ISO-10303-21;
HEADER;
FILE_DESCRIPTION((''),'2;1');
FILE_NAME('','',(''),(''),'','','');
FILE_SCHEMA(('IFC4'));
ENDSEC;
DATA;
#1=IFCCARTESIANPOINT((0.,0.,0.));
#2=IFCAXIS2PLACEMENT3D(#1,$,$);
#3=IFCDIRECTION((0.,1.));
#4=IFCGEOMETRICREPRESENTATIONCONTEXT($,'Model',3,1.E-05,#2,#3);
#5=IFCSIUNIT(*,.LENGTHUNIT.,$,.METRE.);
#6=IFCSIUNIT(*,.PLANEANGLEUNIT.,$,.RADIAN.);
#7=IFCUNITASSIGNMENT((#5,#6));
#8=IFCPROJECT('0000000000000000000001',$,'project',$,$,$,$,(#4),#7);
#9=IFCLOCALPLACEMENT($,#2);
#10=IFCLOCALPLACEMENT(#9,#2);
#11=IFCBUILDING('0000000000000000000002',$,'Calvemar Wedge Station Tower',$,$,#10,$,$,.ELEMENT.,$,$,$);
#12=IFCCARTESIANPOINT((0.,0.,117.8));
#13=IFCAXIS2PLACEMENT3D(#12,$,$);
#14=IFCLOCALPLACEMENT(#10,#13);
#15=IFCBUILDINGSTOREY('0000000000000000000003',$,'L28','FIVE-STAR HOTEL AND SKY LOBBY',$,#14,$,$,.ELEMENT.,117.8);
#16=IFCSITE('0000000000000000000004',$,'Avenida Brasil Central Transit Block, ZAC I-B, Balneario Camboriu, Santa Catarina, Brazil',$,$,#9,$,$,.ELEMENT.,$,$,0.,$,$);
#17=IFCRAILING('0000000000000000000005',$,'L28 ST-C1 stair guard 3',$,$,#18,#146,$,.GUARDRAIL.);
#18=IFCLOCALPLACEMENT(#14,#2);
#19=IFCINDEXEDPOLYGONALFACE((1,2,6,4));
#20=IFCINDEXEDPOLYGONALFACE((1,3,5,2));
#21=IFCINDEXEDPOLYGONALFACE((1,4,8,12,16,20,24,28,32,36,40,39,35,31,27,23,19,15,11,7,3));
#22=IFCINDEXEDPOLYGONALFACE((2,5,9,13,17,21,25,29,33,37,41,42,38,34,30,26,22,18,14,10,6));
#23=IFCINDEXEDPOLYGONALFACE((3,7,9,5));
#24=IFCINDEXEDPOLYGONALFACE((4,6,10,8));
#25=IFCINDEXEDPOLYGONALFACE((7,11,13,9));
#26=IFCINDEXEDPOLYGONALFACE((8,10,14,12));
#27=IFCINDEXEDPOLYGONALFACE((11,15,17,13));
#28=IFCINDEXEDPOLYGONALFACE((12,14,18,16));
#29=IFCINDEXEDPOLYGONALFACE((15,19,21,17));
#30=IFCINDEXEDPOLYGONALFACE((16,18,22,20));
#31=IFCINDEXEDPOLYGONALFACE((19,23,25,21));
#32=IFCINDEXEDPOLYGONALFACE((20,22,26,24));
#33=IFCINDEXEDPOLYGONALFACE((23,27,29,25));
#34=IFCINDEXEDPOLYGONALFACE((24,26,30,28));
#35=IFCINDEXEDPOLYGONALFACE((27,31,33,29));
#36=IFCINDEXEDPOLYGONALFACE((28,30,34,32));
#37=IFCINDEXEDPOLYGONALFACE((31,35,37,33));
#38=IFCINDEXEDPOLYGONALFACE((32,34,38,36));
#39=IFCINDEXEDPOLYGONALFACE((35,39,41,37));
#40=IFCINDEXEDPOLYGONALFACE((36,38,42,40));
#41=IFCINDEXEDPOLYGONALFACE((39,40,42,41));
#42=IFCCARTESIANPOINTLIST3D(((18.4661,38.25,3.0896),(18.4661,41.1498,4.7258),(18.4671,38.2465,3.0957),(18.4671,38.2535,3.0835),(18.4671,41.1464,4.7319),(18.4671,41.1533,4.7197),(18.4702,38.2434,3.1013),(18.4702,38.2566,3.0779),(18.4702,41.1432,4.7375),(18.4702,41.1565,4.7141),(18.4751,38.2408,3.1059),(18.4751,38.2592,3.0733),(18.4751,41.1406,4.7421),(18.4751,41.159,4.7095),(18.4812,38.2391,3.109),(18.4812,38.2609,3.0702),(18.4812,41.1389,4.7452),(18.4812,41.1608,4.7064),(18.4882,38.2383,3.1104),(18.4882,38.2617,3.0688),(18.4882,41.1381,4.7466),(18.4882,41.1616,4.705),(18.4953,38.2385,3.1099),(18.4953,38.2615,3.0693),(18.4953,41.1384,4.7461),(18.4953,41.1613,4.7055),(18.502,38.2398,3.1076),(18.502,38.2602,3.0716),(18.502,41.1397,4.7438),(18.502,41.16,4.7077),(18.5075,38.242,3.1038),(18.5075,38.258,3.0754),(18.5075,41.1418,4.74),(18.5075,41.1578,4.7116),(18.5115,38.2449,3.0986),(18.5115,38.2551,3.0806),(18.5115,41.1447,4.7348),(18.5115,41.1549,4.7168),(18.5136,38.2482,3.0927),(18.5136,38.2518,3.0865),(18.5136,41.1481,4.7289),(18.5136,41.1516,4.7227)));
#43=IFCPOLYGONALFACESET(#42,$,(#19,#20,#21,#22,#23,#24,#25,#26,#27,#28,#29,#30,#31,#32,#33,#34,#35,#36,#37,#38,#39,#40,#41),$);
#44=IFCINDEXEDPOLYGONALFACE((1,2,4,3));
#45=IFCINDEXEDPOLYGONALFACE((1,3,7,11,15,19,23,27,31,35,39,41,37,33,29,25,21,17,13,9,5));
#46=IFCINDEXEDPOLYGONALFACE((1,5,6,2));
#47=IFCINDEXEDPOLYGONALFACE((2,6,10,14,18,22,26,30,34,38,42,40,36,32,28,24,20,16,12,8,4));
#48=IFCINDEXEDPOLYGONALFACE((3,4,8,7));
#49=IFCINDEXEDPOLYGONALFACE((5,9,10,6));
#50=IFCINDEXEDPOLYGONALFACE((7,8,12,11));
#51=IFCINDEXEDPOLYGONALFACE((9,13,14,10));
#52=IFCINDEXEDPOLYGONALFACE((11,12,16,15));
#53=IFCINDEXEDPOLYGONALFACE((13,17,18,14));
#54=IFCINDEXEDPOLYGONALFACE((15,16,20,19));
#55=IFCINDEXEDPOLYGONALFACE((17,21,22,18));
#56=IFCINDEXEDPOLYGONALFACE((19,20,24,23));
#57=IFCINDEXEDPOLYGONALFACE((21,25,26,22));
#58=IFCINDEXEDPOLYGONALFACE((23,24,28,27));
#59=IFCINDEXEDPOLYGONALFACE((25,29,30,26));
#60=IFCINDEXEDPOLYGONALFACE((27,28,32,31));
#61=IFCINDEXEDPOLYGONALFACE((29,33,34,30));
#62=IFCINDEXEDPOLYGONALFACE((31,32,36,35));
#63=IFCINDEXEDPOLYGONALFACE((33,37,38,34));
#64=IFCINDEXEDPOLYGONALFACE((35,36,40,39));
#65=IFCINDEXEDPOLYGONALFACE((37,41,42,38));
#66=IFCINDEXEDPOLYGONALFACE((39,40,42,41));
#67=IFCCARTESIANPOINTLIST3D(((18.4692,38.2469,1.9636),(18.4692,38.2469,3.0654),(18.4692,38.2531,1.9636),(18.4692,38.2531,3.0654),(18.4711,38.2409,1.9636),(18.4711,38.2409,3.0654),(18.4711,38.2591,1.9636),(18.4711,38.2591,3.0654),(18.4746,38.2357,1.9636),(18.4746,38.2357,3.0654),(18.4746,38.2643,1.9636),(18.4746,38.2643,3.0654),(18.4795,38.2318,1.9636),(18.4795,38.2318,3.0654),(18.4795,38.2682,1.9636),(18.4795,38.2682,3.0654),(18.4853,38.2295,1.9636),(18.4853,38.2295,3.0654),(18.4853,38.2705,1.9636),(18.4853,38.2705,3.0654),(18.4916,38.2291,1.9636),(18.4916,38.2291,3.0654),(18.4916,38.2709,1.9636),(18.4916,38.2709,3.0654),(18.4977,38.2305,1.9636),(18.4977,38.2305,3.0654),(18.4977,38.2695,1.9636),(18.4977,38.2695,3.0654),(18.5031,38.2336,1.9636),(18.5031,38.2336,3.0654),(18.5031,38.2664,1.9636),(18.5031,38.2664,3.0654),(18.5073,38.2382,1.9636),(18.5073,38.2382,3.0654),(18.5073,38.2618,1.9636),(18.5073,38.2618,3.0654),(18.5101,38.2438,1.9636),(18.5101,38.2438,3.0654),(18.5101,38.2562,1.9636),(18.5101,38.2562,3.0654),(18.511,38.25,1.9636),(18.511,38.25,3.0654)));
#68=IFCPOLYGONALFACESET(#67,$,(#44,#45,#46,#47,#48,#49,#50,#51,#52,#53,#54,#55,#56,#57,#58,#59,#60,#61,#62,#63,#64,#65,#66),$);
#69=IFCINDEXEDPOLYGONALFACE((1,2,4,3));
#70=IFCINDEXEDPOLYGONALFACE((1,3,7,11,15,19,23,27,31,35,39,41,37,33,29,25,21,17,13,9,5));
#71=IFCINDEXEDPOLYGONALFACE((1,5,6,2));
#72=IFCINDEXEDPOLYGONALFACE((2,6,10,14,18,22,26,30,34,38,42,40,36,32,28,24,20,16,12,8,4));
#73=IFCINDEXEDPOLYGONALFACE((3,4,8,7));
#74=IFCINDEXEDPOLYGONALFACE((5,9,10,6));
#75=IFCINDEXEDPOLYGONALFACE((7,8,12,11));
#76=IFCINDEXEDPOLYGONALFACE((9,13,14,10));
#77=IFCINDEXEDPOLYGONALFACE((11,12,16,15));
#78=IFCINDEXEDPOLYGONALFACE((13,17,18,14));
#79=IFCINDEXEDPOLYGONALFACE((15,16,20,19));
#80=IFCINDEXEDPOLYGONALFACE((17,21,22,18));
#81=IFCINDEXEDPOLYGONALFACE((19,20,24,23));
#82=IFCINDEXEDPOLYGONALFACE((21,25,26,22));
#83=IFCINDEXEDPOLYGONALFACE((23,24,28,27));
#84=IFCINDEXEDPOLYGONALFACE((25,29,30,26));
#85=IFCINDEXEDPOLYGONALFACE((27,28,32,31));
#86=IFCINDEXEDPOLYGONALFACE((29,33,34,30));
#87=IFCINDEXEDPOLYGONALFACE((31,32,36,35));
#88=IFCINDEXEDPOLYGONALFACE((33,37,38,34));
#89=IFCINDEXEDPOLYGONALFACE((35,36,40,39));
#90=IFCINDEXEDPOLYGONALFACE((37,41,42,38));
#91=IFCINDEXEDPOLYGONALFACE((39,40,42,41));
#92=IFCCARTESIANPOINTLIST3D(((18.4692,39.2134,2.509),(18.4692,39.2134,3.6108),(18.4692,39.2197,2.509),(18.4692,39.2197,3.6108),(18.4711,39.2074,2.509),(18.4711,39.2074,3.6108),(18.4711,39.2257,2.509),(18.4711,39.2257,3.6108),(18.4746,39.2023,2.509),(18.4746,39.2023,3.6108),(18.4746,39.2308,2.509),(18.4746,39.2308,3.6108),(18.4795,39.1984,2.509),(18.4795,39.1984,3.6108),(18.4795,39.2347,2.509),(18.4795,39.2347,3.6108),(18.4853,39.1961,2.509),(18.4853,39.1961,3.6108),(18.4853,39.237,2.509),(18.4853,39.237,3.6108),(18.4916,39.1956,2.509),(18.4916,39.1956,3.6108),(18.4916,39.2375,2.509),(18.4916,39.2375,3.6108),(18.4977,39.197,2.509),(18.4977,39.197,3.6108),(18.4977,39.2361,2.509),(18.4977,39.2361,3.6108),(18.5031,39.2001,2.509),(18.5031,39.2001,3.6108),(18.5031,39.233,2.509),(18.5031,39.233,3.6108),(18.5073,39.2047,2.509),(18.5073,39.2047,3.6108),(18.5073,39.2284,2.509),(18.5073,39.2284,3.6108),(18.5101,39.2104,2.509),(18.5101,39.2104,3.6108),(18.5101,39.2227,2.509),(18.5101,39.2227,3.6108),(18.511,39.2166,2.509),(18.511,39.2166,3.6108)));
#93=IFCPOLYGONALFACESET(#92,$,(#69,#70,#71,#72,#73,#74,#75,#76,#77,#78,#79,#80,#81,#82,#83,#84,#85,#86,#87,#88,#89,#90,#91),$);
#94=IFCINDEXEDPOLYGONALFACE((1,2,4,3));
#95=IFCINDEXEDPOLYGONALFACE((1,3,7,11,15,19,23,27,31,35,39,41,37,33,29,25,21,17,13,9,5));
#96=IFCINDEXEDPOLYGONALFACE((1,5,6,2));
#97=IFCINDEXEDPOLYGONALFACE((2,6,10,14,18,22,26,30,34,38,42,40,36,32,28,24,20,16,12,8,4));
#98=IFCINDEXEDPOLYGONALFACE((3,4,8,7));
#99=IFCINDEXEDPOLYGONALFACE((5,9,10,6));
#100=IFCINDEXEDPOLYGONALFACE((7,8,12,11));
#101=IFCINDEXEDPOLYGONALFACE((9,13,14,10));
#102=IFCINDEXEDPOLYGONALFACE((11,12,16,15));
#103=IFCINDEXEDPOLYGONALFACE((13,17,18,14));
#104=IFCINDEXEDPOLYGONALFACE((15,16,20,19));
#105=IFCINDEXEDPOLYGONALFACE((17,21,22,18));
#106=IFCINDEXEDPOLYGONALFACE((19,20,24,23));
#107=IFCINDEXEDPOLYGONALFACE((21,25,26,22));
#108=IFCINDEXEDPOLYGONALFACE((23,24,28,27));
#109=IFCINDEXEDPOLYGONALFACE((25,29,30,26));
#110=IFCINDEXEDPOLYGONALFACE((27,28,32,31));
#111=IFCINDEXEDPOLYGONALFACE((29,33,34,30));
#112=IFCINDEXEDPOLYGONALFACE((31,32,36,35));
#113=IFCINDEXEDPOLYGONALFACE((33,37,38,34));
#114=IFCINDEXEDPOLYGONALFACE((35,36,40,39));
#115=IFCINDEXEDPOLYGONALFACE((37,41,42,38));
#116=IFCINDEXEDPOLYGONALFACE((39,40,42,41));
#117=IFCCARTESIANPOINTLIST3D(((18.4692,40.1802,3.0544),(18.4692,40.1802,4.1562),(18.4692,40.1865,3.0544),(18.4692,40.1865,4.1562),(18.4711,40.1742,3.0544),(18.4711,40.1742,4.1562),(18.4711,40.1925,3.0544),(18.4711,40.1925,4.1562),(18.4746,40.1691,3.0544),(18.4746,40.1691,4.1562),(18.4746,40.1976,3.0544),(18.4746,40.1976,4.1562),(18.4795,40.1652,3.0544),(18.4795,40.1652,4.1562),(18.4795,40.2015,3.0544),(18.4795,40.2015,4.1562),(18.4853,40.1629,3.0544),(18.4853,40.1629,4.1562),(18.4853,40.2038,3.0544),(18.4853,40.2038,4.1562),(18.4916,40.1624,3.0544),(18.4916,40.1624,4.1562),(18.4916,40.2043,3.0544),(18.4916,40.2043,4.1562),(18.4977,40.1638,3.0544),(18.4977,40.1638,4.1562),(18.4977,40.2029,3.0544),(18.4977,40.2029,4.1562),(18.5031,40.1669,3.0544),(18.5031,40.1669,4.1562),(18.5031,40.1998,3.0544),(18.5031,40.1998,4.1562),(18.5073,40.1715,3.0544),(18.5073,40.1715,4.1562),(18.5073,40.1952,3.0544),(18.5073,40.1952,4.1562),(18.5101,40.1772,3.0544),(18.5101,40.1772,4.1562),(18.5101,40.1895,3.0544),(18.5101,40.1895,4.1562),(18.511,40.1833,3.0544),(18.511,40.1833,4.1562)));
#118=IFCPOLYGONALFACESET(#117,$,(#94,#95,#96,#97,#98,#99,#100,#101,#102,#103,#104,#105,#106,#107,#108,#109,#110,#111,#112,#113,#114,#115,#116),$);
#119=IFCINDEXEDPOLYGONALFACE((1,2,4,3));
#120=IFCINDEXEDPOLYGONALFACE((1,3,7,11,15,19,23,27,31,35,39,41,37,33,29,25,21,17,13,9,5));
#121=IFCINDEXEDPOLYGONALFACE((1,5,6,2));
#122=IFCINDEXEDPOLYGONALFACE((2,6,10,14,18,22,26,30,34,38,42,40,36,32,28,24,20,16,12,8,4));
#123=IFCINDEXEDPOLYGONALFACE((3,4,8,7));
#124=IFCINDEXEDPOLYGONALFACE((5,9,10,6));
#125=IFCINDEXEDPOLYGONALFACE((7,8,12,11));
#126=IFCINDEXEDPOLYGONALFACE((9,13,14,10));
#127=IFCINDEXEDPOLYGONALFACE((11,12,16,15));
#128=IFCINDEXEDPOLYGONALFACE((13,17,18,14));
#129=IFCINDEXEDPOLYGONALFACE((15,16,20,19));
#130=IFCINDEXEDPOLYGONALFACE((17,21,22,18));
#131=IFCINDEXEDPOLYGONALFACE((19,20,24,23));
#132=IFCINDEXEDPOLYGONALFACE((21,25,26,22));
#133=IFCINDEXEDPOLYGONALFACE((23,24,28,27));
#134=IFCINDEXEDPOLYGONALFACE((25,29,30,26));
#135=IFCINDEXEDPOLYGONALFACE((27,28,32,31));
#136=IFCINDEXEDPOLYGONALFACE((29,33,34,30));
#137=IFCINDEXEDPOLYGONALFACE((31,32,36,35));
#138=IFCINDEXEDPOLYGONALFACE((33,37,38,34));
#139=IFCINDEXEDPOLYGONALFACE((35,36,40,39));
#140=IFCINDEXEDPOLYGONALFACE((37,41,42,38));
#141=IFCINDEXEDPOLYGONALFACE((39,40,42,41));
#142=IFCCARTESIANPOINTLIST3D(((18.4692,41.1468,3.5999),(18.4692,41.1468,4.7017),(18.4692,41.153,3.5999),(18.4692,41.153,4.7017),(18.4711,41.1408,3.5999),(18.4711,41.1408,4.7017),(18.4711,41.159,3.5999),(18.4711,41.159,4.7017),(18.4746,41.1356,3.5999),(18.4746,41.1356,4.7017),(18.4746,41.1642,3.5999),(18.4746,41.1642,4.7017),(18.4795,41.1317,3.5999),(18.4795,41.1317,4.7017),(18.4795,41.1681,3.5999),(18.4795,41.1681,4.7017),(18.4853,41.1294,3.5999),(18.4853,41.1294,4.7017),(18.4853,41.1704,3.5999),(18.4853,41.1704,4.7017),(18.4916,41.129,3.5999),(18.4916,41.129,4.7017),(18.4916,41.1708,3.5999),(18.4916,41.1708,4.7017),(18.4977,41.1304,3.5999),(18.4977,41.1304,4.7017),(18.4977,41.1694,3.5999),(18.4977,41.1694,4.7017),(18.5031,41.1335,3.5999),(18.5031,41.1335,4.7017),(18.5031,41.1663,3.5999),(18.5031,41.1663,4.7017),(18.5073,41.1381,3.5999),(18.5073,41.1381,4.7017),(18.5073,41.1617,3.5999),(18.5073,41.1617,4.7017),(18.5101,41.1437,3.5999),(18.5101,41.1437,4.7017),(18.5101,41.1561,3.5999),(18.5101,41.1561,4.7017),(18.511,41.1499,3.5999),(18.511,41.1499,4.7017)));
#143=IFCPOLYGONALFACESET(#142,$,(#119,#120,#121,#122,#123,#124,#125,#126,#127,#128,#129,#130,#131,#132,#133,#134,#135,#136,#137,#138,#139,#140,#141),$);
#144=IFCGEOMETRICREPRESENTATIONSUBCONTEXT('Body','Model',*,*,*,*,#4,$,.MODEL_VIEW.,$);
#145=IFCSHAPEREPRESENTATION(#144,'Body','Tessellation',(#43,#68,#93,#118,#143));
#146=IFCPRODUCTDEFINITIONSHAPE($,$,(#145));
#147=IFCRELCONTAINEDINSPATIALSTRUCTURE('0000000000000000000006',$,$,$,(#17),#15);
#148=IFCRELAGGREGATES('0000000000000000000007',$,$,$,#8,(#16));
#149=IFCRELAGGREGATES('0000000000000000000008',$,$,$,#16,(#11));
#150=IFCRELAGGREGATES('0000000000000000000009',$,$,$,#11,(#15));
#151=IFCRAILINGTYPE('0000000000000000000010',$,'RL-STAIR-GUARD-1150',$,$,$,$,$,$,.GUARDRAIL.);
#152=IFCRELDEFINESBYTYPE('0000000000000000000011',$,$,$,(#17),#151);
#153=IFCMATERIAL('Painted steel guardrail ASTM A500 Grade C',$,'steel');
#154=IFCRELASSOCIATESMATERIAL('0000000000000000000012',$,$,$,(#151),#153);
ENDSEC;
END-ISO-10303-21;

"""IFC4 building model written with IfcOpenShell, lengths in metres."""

from ifc_helpers import new_model, si_unit, direction, frame, origin, origin_2d, place, context, subcontext, project, spatial, circle, extrude, material, type_object, element, save


model = new_model("IFC4")

# Units and contexts
model_context = context("Model", 3, precision=1e-05, world=origin(), true_north=direction((0.0, 1.0)))
body_context = subcontext(model_context, "Body", "Model", "MODEL_VIEW")
ifc_project = project(units=[si_unit("LENGTHUNIT", "METRE"), si_unit("PLANEANGLEUNIT", "RADIAN")], contexts=[model_context])

# Site, building, storey
site_placement = place(None, origin())
site = spatial("IfcSite", under=ifc_project, at=site_placement, Name="Avenida Brasil Central Transit Block, ZAC I-B, Balneario Camboriu, Santa Catarina, Brazil", CompositionType="ELEMENT", RefElevation=0.0)
building_placement = place(site_placement, origin())
building = spatial("IfcBuilding", under=site, at=building_placement, Name="Calvemar Wedge Station Tower", CompositionType="ELEMENT")
storey_placement = place(building_placement, frame((0.0, 0.0, 117.8)))
storey = spatial("IfcBuildingStorey", under=building, at=storey_placement, Name="L28", Description="FIVE-STAR HOTEL AND SKY LOBBY", CompositionType="ELEMENT", Elevation=117.8)

# Railing
ifc_material_1 = material(Name="Painted steel guardrail ASTM A500 Grade C", Category="steel")
railing_type = type_object("IfcRailingType", Name="RL-STAIR-GUARD-1150", PredefinedType="GUARDRAIL", material=ifc_material_1)
railing_1_placement = place(storey_placement, frame((18.49, 38.25, 1.9636)))
element("IfcRailing", 1, at=railing_1_placement, inside=storey, type_object=railing_type, Name="L28 ST-C1 stair guard 3", PredefinedType="GUARDRAIL", context=body_context, shape_type="SweptSolid", body=[
    extrude(circle(Radius=0.0239, at=origin_2d()), frame((0.0, 0.0, 1.126), z_axis=(0.0, 0.870929, 0.49141), x_axis=(-1.0, 0.0, 0.0)), (0.0, 0.0, 1.0), 3.3296),
    extrude(circle(Radius=0.021, at=origin_2d()), origin(), (0.0, 0.0, 1.0), 1.1018),
    extrude(circle(Radius=0.021, at=origin_2d()), frame((0.0, 0.9666, 0.5454)), (0.0, 0.0, 1.0), 1.1018),
    extrude(circle(Radius=0.021, at=origin_2d()), frame((0.0, 1.9333, 1.0908)), (0.0, 0.0, 1.0), 1.1018),
    extrude(circle(Radius=0.021, at=origin_2d()), frame((0.0, 2.8999, 1.6362)), (0.0, 0.0, 1.0), 1.1018),
])

save(model, "model.ifc")
